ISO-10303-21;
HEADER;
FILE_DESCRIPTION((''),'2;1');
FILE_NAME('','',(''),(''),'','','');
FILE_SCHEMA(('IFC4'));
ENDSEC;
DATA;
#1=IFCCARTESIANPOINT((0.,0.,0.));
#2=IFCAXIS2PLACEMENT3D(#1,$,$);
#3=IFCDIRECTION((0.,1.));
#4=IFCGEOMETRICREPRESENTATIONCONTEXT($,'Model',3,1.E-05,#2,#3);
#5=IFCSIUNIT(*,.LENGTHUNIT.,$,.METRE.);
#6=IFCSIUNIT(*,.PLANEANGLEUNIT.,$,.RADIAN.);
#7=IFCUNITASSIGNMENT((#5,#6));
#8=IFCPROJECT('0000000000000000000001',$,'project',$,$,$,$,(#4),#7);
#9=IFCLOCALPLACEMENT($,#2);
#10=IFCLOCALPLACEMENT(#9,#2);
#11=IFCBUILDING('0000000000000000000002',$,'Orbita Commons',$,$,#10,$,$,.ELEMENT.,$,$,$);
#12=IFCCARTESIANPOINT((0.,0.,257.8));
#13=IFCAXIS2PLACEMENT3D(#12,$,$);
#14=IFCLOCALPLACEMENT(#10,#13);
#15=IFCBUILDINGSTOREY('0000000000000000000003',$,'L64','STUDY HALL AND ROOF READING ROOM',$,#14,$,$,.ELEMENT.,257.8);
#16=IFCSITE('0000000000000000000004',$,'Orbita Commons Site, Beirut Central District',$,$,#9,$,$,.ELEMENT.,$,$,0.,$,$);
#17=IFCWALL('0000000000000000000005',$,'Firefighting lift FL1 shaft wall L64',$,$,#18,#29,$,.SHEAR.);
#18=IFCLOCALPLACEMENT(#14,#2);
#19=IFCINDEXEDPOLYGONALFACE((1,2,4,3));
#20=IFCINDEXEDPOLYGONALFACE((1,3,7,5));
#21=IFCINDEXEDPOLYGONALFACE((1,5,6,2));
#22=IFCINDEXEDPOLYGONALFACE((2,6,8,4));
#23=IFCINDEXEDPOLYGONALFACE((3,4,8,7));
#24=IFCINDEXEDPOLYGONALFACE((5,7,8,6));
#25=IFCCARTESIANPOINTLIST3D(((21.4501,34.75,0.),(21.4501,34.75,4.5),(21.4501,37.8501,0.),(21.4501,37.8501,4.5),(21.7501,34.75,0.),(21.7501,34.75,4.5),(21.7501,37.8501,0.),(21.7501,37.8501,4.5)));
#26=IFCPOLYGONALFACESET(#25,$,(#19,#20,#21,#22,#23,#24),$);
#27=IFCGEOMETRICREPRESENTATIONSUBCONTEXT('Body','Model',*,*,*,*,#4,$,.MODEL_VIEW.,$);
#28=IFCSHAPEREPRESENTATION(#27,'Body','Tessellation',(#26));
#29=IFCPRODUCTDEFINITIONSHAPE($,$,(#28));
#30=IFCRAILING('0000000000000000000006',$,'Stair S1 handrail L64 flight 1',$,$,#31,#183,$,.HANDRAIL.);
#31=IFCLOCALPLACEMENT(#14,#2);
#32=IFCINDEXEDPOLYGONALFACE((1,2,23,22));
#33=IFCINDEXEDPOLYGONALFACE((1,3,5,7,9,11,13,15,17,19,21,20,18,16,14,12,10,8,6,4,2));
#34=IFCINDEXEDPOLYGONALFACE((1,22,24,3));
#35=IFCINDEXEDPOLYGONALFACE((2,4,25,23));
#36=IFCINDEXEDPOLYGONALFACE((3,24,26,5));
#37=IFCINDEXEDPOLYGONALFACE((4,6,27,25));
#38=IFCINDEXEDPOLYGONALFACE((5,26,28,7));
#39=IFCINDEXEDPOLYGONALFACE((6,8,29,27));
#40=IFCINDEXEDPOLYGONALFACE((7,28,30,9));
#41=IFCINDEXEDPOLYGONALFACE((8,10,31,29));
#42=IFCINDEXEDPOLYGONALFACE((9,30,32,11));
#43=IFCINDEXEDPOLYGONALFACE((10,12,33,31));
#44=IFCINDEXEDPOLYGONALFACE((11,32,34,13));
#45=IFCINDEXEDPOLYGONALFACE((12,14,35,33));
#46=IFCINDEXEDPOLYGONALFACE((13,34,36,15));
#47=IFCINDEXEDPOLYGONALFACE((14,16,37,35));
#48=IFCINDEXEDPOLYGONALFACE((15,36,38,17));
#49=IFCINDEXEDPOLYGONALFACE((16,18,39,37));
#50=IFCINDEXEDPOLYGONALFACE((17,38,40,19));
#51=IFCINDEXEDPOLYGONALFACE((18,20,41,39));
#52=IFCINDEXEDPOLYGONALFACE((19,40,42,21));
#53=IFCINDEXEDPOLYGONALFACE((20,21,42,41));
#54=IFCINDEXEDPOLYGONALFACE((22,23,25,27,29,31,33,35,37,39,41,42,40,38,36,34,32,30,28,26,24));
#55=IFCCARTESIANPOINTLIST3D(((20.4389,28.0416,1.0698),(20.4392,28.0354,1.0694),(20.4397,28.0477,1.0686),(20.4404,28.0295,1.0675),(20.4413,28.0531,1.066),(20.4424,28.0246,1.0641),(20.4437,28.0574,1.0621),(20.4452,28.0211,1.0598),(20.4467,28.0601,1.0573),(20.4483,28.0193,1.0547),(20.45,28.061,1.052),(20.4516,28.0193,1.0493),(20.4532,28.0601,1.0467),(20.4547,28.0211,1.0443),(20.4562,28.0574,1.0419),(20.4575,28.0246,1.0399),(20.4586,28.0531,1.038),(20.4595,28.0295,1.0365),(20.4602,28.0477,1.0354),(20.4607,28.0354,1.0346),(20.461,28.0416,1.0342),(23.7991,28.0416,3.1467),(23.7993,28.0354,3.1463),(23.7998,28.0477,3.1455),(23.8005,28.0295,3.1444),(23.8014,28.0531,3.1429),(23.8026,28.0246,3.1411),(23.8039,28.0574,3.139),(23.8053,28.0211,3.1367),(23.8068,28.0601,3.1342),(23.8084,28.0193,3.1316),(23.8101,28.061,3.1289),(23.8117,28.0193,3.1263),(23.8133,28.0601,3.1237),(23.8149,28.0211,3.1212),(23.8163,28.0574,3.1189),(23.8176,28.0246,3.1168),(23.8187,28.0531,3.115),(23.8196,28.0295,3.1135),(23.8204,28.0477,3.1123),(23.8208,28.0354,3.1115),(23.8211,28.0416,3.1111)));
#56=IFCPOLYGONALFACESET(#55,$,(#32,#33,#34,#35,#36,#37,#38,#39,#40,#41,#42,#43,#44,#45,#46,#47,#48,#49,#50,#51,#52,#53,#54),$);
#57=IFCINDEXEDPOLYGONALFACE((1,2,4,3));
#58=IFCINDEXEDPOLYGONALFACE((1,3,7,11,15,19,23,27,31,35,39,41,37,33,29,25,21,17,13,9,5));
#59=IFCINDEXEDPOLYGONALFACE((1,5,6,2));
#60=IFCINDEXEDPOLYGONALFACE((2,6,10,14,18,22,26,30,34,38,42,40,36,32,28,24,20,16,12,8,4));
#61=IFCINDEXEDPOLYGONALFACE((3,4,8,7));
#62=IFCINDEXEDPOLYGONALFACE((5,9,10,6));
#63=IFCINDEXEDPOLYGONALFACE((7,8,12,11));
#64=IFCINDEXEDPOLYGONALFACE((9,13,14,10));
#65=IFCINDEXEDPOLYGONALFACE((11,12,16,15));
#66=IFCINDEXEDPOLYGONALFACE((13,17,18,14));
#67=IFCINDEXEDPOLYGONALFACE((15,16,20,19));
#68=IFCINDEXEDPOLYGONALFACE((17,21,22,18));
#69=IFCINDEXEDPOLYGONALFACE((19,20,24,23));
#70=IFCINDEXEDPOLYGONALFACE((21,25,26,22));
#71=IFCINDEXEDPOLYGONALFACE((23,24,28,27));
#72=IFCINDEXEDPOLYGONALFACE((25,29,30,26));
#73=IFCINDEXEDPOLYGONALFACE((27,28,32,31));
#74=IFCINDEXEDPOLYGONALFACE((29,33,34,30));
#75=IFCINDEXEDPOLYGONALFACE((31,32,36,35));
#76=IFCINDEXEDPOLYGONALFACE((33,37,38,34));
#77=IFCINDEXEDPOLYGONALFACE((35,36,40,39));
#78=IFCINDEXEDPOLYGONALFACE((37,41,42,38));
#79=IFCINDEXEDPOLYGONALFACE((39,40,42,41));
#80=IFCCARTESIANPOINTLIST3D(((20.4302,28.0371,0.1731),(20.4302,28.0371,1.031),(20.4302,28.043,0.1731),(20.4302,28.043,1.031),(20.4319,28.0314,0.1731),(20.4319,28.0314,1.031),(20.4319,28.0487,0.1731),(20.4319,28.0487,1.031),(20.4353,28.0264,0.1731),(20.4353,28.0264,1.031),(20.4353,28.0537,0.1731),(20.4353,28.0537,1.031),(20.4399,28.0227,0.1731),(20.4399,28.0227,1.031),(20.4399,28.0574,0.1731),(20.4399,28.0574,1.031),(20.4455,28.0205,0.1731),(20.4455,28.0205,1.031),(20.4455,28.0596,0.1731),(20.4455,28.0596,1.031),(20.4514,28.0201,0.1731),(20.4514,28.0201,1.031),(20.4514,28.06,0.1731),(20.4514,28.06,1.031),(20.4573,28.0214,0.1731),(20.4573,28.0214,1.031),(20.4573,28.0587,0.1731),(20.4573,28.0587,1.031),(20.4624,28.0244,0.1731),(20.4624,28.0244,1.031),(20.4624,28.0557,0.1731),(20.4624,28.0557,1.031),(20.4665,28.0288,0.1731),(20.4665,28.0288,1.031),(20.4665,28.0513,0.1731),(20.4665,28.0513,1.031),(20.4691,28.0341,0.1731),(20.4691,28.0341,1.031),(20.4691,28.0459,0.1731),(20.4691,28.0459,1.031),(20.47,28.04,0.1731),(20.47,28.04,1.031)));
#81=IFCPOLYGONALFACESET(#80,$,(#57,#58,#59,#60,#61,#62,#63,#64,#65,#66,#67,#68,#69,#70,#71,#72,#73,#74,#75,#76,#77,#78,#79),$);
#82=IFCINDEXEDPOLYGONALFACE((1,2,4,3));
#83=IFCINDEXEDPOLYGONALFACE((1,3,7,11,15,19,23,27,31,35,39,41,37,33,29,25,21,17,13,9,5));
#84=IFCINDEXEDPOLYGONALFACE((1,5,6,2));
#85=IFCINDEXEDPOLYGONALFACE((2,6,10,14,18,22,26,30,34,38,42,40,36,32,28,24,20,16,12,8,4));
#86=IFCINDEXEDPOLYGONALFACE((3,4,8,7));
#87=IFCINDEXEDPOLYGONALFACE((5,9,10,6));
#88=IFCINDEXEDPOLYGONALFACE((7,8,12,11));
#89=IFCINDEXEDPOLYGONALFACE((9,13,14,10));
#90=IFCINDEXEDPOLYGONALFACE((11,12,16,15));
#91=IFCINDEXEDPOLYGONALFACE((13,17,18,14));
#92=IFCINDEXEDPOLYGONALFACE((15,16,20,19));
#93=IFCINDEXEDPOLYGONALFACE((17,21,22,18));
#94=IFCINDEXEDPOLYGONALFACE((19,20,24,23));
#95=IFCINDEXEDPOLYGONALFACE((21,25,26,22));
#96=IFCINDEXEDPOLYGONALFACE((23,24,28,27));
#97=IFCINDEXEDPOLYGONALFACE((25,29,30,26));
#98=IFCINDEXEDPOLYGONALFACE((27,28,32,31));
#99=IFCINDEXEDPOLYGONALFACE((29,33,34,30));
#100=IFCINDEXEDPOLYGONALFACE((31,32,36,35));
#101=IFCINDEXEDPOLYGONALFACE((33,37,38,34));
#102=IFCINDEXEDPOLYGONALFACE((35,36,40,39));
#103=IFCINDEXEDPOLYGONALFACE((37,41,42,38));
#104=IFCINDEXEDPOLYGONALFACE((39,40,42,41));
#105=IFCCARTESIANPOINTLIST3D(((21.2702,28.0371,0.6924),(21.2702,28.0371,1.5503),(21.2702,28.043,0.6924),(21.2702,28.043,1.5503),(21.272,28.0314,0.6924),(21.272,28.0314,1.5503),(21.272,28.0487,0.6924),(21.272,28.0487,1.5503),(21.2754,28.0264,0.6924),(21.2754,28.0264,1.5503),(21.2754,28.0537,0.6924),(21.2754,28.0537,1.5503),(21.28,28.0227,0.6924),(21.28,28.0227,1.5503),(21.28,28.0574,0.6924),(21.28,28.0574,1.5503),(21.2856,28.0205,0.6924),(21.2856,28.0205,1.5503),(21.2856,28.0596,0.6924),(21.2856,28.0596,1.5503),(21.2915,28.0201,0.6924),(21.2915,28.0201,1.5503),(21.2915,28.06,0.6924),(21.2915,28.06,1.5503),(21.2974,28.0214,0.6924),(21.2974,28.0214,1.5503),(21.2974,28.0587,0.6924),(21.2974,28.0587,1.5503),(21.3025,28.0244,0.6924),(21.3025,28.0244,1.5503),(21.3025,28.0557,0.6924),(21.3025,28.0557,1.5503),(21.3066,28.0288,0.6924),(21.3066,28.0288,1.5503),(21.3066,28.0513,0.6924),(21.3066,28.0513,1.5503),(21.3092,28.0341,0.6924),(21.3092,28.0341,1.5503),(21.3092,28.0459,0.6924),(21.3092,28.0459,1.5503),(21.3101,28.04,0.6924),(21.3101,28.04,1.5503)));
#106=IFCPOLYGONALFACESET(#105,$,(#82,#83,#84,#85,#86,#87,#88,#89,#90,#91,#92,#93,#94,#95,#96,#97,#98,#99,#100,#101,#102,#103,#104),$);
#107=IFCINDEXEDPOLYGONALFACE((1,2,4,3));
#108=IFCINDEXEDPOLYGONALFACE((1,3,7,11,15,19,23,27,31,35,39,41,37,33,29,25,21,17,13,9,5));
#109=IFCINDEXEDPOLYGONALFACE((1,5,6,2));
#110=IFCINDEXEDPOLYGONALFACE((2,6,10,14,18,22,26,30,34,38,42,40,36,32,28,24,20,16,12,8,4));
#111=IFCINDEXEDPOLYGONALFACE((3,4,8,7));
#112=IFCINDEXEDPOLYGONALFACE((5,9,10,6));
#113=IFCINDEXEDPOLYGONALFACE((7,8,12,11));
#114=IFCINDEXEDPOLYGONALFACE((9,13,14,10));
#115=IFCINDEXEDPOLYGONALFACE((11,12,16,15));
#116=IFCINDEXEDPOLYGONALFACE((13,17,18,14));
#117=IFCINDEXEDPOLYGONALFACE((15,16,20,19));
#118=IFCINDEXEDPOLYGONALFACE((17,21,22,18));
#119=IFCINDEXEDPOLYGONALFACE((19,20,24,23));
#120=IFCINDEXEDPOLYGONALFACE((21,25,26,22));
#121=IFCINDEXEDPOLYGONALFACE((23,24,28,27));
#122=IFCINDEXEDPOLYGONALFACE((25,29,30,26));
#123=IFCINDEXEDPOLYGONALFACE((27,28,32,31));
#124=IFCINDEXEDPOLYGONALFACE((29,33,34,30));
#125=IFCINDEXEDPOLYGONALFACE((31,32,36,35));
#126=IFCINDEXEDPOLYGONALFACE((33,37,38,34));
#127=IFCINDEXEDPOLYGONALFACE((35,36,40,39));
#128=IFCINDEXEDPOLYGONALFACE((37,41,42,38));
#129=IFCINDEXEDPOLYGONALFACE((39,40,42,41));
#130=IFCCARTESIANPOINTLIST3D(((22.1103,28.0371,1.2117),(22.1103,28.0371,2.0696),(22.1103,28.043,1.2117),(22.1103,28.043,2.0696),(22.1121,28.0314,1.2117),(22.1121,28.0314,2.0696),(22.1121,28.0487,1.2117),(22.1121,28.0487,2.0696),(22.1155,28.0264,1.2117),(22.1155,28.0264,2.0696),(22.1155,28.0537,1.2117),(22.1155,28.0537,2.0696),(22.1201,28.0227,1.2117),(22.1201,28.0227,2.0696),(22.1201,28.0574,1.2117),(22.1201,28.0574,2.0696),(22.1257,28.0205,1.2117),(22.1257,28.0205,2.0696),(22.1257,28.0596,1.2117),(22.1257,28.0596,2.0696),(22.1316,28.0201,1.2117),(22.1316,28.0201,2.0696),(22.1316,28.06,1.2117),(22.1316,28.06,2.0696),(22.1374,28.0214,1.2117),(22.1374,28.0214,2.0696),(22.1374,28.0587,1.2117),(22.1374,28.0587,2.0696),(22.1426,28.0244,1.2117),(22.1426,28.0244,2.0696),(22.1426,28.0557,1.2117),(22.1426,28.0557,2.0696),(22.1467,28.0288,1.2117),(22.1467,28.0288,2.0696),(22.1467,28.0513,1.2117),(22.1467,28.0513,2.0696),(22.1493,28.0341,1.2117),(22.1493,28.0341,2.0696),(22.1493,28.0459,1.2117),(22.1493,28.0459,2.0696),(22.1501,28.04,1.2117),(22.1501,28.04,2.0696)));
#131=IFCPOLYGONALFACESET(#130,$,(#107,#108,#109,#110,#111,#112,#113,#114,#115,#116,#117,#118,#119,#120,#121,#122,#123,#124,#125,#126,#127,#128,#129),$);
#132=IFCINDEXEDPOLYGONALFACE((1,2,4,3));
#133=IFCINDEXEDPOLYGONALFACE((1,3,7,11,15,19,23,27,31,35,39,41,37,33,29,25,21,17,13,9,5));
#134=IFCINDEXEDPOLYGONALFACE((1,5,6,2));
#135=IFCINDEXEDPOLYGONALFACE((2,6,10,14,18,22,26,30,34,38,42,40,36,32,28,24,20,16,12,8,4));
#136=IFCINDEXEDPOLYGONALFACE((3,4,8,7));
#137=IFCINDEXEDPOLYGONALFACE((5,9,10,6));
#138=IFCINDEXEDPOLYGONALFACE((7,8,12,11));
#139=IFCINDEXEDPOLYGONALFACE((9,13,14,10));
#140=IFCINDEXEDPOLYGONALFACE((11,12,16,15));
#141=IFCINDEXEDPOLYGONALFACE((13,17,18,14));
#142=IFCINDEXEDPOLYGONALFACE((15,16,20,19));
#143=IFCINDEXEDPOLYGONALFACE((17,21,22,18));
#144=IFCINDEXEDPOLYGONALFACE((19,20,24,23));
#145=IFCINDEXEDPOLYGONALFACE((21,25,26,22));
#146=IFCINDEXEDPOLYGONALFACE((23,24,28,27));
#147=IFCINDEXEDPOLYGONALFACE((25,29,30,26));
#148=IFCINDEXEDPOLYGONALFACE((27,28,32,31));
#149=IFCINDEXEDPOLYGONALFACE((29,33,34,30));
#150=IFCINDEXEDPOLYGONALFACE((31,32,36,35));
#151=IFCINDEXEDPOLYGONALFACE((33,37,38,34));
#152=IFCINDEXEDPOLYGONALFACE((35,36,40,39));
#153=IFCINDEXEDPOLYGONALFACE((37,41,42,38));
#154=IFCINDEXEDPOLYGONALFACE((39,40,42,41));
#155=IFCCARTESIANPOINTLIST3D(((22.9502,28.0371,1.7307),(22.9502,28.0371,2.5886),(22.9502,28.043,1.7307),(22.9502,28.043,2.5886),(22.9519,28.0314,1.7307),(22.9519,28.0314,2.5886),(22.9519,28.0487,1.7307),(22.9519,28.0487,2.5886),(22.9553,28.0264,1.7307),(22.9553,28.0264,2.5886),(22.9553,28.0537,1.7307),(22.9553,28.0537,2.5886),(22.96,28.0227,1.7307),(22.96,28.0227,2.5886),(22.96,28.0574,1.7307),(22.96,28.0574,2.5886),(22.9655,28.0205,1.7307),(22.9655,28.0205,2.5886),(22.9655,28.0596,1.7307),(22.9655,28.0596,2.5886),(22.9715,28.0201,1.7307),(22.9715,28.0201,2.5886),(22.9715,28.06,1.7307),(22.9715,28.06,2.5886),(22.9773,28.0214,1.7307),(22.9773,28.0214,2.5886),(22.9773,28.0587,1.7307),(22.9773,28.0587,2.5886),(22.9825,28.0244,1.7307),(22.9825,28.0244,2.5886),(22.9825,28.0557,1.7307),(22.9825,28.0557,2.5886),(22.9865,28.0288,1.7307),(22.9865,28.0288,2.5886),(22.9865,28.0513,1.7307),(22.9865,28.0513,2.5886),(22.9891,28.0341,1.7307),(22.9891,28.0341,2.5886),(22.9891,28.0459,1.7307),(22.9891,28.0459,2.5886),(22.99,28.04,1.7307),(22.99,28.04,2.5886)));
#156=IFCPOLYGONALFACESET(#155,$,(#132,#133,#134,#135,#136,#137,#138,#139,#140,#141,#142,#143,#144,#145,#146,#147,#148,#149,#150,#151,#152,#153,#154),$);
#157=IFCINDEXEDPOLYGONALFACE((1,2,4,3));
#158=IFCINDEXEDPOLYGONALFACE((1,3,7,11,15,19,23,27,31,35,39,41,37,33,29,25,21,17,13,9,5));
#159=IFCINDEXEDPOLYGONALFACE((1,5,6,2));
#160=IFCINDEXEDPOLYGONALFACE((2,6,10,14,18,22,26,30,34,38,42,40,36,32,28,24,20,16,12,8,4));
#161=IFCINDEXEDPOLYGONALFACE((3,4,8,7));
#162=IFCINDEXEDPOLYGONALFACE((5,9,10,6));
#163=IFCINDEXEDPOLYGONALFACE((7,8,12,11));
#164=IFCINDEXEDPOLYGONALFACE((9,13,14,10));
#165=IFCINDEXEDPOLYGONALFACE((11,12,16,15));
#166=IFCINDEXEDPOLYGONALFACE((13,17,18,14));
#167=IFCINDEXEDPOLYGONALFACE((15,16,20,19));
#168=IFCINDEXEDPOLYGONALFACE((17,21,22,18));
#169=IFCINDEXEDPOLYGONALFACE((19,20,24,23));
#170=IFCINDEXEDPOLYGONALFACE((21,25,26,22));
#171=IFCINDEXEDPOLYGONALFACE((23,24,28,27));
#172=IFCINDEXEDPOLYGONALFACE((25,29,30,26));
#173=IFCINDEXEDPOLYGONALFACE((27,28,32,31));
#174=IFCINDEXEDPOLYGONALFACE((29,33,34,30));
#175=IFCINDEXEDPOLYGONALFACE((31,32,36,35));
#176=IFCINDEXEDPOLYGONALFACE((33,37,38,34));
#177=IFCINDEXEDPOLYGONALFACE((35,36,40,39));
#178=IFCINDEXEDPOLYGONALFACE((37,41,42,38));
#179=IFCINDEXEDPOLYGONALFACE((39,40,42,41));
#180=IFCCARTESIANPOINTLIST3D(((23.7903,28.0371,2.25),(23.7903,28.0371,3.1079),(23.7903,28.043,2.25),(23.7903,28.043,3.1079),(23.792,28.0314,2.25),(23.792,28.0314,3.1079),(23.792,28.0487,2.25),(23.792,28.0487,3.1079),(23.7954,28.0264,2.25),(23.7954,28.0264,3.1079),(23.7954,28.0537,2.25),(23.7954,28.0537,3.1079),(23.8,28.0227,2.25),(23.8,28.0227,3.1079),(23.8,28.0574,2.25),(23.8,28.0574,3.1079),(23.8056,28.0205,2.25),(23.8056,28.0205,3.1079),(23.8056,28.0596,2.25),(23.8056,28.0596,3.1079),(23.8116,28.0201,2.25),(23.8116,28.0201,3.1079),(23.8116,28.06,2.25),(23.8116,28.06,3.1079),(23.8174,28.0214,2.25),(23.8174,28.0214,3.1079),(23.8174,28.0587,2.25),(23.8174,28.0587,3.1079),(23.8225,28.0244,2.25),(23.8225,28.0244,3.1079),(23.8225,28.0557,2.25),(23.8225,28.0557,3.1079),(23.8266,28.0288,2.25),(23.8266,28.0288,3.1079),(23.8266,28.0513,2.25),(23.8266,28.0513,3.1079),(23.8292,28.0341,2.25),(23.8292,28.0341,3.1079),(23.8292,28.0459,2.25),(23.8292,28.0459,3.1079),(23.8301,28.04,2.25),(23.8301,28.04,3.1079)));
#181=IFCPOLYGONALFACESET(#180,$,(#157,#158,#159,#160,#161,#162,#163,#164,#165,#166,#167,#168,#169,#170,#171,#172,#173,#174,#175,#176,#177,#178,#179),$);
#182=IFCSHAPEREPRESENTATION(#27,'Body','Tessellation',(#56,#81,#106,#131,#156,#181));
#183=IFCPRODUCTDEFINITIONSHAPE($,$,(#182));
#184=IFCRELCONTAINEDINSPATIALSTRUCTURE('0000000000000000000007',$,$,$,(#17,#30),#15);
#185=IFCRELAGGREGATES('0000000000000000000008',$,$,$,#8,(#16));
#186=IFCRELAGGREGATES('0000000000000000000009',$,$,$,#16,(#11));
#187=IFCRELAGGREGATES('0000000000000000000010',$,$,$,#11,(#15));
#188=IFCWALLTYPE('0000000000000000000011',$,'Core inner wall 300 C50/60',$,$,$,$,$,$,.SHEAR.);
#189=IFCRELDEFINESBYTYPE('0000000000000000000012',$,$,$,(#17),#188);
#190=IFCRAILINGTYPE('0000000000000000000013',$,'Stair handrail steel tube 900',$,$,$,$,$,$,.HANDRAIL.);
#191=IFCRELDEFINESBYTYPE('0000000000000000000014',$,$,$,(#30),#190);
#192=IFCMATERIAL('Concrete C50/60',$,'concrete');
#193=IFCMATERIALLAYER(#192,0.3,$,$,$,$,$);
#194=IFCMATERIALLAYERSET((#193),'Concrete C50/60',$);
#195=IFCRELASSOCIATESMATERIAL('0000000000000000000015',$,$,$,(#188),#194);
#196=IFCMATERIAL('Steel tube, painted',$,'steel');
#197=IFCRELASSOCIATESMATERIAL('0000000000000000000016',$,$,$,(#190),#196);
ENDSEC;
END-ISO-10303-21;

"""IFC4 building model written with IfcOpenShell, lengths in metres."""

from ifc_helpers import new_model, si_unit, direction, frame, frame_2d, origin, origin_2d, place, context, subcontext, project, spatial, rectangle, circle, extrude, material, layer, layer_set, type_object, element, save


model = new_model("IFC4")

# Units and contexts
model_context = context("Model", 3, precision=1e-05, world=origin(), true_north=direction((0.0, 1.0)))
body_context = subcontext(model_context, "Body", "Model", "MODEL_VIEW")
ifc_project = project(units=[si_unit("LENGTHUNIT", "METRE"), si_unit("PLANEANGLEUNIT", "RADIAN")], contexts=[model_context])

# Site, building, storey
site_placement = place(None, origin())
site = spatial("IfcSite", under=ifc_project, at=site_placement, Name="Orbita Commons Site, Beirut Central District", CompositionType="ELEMENT", RefElevation=0.0)
building_placement = place(site_placement, origin())
building = spatial("IfcBuilding", under=site, at=building_placement, Name="Orbita Commons", CompositionType="ELEMENT")
storey_placement = place(building_placement, frame((0.0, 0.0, 257.8)))
storey = spatial("IfcBuildingStorey", under=building, at=storey_placement, Name="L64", Description="STUDY HALL AND ROOF READING ROOM", CompositionType="ELEMENT", Elevation=257.8)

# Shared definitions
ifc_material_1 = material(Name="Concrete C50/60", Category="concrete")
ifc_layer = layer(ifc_material_1, 0.3)
ifc_layer_set = layer_set([ifc_layer], Name="Concrete C50/60")
wall_type = type_object("IfcWallType", Name="Core inner wall 300 C50/60", PredefinedType="SHEAR", material=ifc_layer_set)

# Wall
wall_1_placement = place(storey_placement, frame((21.6001, 34.75, 0.0), z_axis=(0.0, 0.0, 1.0), x_axis=(0.0, 1.0, 0.0)))
element("IfcWall", 1, at=wall_1_placement, inside=storey, type_object=wall_type, Name="Firefighting lift FL1 shaft wall L64", PredefinedType="SHEAR", context=body_context, shape_type="SweptSolid", body=[
    extrude(rectangle(XDim=3.1001, YDim=0.3, at=frame_2d((1.55, 0.0))), origin(), (0.0, 0.0, 1.0), 4.5),
])

# Railing
ifc_material_2 = material(Name="Steel tube, painted", Category="steel")
railing_type = type_object("IfcRailingType", Name="Stair handrail steel tube 900", PredefinedType="HANDRAIL", material=ifc_material_2)
railing_placement = place(storey_placement, frame((20.45, 28.04, 0.1731)))
element("IfcRailing", 2, at=railing_placement, inside=storey, type_object=railing_type, Name="Stair S1 handrail L64 flight 1", PredefinedType="HANDRAIL", context=body_context, shape_type="SweptSolid", body=[
    extrude(circle(Radius=0.021, at=origin_2d()), frame((0.0, 0.0, 0.8789), z_axis=(0.850623, 0.0, 0.525776), x_axis=(0.0, 1.0, 0.0)), (0.0, 0.0, 1.0), 3.9502),
    extrude(circle(Radius=0.02, at=origin_2d()), origin(), (0.0, 0.0, 1.0), 0.8579),
    extrude(circle(Radius=0.02, at=origin_2d()), frame((0.8401, 0.0, 0.5193)), (0.0, 0.0, 1.0), 0.8579),
    extrude(circle(Radius=0.02, at=origin_2d()), frame((1.6802, 0.0, 1.0386)), (0.0, 0.0, 1.0), 0.8579),
    extrude(circle(Radius=0.02, at=origin_2d()), frame((2.52, 0.0, 1.5576)), (0.0, 0.0, 1.0), 0.8579),
    extrude(circle(Radius=0.02, at=origin_2d()), frame((3.3601, 0.0, 2.0769)), (0.0, 0.0, 1.0), 0.8579),
])

save(model, "model.ifc")
